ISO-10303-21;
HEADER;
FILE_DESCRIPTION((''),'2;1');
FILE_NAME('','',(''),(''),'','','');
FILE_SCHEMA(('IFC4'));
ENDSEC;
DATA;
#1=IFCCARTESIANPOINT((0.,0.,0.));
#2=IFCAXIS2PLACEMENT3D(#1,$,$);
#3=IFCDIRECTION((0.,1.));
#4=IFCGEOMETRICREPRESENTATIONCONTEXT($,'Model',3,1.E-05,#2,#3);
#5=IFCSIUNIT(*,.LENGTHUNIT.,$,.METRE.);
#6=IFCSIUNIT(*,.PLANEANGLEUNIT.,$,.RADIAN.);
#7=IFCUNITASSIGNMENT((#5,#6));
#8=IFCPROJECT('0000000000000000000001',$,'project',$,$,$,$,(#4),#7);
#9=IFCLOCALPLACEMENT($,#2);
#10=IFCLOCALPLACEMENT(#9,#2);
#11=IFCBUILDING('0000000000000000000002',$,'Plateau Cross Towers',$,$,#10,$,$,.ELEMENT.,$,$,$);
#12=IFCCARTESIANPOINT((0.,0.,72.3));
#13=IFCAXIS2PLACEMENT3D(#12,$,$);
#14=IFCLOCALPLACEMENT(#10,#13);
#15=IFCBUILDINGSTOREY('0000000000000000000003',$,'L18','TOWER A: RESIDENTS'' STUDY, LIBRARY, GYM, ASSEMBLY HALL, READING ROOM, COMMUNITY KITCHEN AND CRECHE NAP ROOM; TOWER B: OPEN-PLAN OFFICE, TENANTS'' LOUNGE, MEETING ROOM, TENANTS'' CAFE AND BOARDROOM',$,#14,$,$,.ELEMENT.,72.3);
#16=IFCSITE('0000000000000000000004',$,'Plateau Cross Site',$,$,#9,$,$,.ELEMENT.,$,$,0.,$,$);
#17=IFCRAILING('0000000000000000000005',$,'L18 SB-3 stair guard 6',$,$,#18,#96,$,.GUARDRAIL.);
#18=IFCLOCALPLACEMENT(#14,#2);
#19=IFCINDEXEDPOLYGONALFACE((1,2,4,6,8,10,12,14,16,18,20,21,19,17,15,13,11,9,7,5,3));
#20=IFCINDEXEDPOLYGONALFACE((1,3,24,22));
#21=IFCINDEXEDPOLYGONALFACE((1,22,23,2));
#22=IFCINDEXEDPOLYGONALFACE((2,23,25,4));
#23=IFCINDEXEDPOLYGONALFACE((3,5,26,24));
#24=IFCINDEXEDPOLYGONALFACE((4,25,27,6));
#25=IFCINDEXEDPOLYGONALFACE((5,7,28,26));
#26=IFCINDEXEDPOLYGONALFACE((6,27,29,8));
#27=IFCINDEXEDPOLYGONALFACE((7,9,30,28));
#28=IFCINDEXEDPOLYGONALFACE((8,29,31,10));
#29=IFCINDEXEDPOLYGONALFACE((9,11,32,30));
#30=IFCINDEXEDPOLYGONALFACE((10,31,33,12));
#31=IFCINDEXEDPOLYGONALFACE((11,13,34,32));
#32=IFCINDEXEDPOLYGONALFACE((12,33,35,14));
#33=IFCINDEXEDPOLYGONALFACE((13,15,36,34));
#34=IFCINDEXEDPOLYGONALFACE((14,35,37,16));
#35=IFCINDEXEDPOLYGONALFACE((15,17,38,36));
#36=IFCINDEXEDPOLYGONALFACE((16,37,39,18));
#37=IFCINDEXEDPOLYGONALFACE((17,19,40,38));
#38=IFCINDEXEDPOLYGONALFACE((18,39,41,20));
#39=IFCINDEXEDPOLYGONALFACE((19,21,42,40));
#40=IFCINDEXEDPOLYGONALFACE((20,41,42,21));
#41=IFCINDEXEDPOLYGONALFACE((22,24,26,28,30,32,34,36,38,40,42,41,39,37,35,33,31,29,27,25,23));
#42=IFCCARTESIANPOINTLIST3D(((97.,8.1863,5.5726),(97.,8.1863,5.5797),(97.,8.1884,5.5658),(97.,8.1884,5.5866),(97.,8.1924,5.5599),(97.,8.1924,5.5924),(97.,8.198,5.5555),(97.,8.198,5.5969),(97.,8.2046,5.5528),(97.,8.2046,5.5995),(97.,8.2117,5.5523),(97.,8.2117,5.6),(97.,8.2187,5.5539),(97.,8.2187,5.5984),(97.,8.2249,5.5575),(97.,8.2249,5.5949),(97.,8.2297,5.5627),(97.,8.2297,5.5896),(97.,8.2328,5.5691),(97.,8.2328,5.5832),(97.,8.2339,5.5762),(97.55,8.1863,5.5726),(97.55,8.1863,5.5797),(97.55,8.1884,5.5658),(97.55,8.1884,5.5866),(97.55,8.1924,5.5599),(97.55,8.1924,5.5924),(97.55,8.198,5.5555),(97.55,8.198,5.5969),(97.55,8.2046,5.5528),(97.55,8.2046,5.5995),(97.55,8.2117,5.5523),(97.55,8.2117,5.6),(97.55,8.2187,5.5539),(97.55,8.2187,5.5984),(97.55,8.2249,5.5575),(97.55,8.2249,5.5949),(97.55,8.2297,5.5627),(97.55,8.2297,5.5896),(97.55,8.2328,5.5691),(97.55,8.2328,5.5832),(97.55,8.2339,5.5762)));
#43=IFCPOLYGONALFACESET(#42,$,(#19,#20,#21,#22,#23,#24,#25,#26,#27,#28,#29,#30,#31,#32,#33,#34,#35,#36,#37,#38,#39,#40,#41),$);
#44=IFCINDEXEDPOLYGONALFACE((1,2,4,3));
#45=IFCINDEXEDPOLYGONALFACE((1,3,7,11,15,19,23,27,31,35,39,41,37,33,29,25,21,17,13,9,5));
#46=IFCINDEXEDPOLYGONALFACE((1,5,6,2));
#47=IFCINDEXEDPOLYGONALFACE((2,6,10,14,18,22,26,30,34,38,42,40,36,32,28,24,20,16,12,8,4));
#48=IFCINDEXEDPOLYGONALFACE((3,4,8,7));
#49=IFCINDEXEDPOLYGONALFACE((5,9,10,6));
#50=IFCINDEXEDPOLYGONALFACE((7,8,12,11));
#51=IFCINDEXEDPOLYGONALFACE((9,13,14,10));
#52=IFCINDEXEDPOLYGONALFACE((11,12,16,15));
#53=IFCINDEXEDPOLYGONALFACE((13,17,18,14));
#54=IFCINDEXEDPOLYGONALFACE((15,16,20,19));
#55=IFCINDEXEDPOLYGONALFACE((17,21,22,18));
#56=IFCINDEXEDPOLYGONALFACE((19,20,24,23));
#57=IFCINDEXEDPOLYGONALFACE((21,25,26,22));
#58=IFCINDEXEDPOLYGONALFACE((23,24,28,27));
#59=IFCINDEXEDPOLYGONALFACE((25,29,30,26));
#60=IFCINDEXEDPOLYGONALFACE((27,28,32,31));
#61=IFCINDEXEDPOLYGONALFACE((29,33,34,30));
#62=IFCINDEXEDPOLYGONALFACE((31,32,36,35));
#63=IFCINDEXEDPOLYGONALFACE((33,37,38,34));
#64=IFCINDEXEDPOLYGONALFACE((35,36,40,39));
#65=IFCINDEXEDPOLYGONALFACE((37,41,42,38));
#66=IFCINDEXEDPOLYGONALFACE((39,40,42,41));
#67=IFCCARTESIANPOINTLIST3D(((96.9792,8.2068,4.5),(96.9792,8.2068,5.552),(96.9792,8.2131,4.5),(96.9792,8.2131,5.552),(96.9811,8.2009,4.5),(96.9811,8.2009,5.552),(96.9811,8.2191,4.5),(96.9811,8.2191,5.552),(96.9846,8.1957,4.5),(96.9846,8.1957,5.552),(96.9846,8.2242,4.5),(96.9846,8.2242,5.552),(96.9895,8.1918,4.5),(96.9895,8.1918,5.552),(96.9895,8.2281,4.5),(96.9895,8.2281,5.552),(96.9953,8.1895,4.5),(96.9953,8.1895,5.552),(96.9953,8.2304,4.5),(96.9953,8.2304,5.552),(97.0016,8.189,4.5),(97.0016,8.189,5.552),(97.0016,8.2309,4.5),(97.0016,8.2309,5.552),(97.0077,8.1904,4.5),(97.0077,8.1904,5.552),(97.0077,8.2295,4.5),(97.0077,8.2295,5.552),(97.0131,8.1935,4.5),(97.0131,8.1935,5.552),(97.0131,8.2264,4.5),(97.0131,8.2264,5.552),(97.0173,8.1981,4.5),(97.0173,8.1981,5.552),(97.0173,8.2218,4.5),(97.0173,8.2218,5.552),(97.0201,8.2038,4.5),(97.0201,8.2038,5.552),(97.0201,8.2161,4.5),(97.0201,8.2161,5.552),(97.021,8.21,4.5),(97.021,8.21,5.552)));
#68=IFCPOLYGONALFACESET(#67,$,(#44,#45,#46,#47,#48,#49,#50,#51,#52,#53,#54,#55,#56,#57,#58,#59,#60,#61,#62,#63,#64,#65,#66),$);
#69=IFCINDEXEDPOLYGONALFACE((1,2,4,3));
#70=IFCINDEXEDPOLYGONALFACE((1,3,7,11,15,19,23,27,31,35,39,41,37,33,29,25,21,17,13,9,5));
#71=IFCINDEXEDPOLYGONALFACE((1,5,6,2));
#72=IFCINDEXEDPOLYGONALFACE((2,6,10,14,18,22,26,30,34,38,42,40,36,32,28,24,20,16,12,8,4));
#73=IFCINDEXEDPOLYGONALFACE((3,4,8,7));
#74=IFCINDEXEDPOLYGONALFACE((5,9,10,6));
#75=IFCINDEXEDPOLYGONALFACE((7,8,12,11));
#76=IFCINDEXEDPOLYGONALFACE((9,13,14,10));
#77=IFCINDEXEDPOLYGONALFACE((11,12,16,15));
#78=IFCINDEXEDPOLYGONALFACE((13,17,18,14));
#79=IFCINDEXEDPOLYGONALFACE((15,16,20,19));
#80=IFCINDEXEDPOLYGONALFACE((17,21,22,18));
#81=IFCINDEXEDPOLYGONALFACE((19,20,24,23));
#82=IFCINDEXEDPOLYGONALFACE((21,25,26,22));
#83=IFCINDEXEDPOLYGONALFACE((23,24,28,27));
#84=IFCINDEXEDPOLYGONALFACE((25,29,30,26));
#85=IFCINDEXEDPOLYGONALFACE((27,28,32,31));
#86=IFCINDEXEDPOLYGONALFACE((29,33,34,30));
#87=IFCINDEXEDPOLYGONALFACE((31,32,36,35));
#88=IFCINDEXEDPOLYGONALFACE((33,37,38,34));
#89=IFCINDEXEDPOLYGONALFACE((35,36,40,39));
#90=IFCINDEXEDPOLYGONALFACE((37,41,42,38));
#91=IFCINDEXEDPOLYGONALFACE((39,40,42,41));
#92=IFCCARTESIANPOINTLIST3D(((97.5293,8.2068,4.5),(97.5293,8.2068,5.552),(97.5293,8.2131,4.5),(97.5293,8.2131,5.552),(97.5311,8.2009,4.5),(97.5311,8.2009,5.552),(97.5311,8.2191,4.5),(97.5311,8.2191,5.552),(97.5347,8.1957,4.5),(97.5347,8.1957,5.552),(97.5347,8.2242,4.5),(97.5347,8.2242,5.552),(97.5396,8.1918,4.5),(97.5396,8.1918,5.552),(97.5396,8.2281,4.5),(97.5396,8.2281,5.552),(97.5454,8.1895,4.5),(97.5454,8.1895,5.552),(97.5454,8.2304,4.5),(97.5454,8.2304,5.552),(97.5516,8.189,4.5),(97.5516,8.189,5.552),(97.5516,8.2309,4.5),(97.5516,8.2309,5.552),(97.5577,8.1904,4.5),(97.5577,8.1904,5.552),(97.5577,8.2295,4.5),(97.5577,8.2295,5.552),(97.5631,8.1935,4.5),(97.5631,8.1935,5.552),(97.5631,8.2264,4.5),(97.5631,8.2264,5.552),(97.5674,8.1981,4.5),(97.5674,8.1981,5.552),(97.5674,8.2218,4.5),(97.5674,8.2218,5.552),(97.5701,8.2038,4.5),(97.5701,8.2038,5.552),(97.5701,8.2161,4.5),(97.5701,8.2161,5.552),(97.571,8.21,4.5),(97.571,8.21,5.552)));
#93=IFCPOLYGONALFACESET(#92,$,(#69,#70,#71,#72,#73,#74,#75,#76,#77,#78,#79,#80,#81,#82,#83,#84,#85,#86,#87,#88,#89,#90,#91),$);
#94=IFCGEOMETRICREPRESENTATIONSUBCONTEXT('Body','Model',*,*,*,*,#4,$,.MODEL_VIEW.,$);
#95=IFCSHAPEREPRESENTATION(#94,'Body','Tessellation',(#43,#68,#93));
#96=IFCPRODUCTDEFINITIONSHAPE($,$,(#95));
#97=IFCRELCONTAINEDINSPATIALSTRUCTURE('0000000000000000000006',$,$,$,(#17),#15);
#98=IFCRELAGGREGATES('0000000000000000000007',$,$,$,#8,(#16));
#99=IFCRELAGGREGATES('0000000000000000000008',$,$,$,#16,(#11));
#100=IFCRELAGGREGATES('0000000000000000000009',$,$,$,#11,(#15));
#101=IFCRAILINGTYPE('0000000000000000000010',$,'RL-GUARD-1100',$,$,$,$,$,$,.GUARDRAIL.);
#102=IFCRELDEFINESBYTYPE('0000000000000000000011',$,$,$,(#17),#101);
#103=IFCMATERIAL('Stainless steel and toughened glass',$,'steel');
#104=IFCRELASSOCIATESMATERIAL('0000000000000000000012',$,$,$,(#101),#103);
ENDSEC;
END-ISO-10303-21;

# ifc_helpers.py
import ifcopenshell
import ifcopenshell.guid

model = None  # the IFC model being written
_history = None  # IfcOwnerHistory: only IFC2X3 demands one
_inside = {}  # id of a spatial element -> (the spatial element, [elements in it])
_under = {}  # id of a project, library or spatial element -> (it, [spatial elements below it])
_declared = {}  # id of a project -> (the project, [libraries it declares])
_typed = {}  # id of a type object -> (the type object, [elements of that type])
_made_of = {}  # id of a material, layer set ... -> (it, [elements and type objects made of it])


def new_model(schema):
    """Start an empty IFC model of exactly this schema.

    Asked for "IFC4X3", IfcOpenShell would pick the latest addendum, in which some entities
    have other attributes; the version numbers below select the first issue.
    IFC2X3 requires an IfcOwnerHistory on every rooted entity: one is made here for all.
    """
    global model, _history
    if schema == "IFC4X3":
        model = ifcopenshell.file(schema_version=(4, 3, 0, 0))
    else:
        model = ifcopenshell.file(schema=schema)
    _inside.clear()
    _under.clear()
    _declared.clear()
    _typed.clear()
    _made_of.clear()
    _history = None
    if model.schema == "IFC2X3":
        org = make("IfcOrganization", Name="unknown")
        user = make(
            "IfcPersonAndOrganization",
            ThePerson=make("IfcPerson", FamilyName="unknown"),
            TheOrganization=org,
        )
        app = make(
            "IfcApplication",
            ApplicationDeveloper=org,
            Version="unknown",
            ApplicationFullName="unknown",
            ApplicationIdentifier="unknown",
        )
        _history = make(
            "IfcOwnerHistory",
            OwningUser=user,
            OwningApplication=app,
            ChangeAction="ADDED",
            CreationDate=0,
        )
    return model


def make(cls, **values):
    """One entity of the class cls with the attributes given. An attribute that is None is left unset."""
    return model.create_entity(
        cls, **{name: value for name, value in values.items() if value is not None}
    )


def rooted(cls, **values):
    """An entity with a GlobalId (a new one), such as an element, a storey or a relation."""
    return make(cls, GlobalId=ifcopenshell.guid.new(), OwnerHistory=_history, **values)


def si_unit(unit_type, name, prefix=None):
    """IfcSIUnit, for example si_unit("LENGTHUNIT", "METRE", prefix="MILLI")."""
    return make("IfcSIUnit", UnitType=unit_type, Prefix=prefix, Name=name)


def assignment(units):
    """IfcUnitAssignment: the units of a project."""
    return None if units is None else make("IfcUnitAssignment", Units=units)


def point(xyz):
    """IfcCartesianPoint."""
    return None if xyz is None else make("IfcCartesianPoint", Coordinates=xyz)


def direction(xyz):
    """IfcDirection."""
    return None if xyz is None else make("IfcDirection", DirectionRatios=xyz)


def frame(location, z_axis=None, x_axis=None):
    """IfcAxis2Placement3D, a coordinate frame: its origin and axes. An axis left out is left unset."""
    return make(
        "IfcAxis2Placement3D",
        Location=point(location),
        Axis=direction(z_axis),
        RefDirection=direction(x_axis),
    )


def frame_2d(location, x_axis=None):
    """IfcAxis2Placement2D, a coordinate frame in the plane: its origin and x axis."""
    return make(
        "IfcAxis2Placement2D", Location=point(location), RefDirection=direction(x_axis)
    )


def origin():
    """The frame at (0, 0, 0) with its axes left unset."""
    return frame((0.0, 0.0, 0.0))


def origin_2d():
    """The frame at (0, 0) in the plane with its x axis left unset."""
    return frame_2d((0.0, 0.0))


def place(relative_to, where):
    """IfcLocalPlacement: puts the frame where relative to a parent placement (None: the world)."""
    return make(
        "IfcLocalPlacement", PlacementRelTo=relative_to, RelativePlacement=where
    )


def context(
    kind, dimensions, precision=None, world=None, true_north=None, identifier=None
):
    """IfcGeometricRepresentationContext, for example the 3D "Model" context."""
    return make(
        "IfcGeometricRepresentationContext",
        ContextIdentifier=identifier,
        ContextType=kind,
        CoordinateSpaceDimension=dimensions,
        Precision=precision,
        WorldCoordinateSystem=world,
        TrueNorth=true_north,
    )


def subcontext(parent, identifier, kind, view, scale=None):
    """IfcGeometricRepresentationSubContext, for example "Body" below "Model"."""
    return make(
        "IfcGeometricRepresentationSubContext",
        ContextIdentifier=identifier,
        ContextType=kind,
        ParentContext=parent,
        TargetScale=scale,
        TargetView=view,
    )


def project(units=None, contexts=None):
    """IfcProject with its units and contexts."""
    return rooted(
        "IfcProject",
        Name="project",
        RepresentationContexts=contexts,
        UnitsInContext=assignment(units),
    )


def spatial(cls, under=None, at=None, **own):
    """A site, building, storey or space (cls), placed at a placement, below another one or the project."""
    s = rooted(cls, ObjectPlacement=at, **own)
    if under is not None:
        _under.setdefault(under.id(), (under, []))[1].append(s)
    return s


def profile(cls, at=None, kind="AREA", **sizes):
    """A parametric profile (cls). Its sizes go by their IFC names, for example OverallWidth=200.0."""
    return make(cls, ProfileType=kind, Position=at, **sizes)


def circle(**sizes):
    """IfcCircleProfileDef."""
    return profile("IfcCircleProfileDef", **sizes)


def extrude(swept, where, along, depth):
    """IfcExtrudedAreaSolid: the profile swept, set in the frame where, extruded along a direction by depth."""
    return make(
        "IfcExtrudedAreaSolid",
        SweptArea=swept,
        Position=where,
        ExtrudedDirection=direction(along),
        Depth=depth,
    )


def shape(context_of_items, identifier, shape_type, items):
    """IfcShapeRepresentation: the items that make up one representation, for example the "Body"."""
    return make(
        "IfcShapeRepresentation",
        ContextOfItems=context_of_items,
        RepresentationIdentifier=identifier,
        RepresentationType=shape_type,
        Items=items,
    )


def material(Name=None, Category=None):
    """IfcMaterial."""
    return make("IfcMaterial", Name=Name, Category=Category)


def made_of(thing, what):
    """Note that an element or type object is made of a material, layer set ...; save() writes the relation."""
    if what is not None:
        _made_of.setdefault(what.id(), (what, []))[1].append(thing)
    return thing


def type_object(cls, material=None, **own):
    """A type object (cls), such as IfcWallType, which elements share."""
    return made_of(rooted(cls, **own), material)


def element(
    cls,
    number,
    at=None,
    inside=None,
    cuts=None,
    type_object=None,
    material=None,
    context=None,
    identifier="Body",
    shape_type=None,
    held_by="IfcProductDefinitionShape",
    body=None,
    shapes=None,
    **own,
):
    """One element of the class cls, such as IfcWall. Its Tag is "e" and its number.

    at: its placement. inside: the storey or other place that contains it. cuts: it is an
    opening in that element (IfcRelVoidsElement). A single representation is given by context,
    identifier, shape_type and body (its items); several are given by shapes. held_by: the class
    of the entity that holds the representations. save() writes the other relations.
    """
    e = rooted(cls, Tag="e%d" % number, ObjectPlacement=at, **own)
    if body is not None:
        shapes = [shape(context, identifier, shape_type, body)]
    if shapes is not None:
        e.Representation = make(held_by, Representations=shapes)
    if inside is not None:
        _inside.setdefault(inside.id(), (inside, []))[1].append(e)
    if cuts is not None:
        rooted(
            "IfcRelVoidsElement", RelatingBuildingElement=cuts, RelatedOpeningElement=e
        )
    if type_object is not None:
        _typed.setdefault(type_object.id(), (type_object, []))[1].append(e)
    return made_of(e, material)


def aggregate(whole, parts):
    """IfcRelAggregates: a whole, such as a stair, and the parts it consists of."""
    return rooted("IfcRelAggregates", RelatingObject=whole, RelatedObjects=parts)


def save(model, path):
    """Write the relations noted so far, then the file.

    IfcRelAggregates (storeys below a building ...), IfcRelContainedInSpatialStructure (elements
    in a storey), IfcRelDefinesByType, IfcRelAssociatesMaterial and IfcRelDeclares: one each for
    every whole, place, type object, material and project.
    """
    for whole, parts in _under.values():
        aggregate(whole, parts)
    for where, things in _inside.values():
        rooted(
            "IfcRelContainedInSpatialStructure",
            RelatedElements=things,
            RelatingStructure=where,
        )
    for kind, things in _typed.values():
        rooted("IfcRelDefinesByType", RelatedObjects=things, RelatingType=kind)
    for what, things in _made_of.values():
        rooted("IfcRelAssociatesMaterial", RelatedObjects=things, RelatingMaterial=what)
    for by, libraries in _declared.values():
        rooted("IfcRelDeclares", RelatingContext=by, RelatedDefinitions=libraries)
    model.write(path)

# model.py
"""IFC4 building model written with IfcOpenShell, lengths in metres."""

from ifc_helpers import new_model, si_unit, direction, frame, origin, origin_2d, place, context, subcontext, project, spatial, circle, extrude, material, type_object, element, save


model = new_model("IFC4")

# Units and contexts
model_context = context("Model", 3, precision=1e-05, world=origin(), true_north=direction((0.0, 1.0)))
body_context = subcontext(model_context, "Body", "Model", "MODEL_VIEW")
ifc_project = project(units=[si_unit("LENGTHUNIT", "METRE"), si_unit("PLANEANGLEUNIT", "RADIAN")], contexts=[model_context])

# Site, building, storey
site_placement = place(None, origin())
site = spatial("IfcSite", under=ifc_project, at=site_placement, Name="Plateau Cross Site", CompositionType="ELEMENT", RefElevation=0.0)
building_placement = place(site_placement, origin())
building = spatial("IfcBuilding", under=site, at=building_placement, Name="Plateau Cross Towers", CompositionType="ELEMENT")
storey_placement = place(building_placement, frame((0.0, 0.0, 72.3)))
storey = spatial("IfcBuildingStorey", under=building, at=storey_placement, Name="L18", Description="TOWER A: RESIDENTS' STUDY, LIBRARY, GYM, ASSEMBLY HALL, READING ROOM, COMMUNITY KITCHEN AND CRECHE NAP ROOM; TOWER B: OPEN-PLAN OFFICE, TENANTS' LOUNGE, MEETING ROOM, TENANTS' CAFE AND BOARDROOM", CompositionType="ELEMENT", Elevation=72.3)

# Railing
ifc_material_1 = material(Name="Stainless steel and toughened glass", Category="steel")
railing_type_1 = type_object("IfcRailingType", Name="RL-GUARD-1100", PredefinedType="GUARDRAIL", material=ifc_material_1)
railing_1_placement = place(storey_placement, frame((97.0, 8.21, 4.5)))
element("IfcRailing", 1, at=railing_1_placement, inside=storey, type_object=railing_type_1, Name="L18 SB-3 stair guard 6", PredefinedType="GUARDRAIL", context=body_context, shape_type="SweptSolid", body=[
    extrude(circle(Radius=0.0239, at=origin_2d()), frame((0.0, 0.0, 1.0762), z_axis=(1.0, 0.0, 0.0), x_axis=(0.0, 1.0, 0.0)), (0.0, 0.0, 1.0), 0.55),
    extrude(circle(Radius=0.021, at=origin_2d()), origin(), (0.0, 0.0, 1.0), 1.052),
    extrude(circle(Radius=0.021, at=origin_2d()), frame((0.55, 0.0, 0.0)), (0.0, 0.0, 1.0), 1.052),
])

save(model, "model.ifc")
